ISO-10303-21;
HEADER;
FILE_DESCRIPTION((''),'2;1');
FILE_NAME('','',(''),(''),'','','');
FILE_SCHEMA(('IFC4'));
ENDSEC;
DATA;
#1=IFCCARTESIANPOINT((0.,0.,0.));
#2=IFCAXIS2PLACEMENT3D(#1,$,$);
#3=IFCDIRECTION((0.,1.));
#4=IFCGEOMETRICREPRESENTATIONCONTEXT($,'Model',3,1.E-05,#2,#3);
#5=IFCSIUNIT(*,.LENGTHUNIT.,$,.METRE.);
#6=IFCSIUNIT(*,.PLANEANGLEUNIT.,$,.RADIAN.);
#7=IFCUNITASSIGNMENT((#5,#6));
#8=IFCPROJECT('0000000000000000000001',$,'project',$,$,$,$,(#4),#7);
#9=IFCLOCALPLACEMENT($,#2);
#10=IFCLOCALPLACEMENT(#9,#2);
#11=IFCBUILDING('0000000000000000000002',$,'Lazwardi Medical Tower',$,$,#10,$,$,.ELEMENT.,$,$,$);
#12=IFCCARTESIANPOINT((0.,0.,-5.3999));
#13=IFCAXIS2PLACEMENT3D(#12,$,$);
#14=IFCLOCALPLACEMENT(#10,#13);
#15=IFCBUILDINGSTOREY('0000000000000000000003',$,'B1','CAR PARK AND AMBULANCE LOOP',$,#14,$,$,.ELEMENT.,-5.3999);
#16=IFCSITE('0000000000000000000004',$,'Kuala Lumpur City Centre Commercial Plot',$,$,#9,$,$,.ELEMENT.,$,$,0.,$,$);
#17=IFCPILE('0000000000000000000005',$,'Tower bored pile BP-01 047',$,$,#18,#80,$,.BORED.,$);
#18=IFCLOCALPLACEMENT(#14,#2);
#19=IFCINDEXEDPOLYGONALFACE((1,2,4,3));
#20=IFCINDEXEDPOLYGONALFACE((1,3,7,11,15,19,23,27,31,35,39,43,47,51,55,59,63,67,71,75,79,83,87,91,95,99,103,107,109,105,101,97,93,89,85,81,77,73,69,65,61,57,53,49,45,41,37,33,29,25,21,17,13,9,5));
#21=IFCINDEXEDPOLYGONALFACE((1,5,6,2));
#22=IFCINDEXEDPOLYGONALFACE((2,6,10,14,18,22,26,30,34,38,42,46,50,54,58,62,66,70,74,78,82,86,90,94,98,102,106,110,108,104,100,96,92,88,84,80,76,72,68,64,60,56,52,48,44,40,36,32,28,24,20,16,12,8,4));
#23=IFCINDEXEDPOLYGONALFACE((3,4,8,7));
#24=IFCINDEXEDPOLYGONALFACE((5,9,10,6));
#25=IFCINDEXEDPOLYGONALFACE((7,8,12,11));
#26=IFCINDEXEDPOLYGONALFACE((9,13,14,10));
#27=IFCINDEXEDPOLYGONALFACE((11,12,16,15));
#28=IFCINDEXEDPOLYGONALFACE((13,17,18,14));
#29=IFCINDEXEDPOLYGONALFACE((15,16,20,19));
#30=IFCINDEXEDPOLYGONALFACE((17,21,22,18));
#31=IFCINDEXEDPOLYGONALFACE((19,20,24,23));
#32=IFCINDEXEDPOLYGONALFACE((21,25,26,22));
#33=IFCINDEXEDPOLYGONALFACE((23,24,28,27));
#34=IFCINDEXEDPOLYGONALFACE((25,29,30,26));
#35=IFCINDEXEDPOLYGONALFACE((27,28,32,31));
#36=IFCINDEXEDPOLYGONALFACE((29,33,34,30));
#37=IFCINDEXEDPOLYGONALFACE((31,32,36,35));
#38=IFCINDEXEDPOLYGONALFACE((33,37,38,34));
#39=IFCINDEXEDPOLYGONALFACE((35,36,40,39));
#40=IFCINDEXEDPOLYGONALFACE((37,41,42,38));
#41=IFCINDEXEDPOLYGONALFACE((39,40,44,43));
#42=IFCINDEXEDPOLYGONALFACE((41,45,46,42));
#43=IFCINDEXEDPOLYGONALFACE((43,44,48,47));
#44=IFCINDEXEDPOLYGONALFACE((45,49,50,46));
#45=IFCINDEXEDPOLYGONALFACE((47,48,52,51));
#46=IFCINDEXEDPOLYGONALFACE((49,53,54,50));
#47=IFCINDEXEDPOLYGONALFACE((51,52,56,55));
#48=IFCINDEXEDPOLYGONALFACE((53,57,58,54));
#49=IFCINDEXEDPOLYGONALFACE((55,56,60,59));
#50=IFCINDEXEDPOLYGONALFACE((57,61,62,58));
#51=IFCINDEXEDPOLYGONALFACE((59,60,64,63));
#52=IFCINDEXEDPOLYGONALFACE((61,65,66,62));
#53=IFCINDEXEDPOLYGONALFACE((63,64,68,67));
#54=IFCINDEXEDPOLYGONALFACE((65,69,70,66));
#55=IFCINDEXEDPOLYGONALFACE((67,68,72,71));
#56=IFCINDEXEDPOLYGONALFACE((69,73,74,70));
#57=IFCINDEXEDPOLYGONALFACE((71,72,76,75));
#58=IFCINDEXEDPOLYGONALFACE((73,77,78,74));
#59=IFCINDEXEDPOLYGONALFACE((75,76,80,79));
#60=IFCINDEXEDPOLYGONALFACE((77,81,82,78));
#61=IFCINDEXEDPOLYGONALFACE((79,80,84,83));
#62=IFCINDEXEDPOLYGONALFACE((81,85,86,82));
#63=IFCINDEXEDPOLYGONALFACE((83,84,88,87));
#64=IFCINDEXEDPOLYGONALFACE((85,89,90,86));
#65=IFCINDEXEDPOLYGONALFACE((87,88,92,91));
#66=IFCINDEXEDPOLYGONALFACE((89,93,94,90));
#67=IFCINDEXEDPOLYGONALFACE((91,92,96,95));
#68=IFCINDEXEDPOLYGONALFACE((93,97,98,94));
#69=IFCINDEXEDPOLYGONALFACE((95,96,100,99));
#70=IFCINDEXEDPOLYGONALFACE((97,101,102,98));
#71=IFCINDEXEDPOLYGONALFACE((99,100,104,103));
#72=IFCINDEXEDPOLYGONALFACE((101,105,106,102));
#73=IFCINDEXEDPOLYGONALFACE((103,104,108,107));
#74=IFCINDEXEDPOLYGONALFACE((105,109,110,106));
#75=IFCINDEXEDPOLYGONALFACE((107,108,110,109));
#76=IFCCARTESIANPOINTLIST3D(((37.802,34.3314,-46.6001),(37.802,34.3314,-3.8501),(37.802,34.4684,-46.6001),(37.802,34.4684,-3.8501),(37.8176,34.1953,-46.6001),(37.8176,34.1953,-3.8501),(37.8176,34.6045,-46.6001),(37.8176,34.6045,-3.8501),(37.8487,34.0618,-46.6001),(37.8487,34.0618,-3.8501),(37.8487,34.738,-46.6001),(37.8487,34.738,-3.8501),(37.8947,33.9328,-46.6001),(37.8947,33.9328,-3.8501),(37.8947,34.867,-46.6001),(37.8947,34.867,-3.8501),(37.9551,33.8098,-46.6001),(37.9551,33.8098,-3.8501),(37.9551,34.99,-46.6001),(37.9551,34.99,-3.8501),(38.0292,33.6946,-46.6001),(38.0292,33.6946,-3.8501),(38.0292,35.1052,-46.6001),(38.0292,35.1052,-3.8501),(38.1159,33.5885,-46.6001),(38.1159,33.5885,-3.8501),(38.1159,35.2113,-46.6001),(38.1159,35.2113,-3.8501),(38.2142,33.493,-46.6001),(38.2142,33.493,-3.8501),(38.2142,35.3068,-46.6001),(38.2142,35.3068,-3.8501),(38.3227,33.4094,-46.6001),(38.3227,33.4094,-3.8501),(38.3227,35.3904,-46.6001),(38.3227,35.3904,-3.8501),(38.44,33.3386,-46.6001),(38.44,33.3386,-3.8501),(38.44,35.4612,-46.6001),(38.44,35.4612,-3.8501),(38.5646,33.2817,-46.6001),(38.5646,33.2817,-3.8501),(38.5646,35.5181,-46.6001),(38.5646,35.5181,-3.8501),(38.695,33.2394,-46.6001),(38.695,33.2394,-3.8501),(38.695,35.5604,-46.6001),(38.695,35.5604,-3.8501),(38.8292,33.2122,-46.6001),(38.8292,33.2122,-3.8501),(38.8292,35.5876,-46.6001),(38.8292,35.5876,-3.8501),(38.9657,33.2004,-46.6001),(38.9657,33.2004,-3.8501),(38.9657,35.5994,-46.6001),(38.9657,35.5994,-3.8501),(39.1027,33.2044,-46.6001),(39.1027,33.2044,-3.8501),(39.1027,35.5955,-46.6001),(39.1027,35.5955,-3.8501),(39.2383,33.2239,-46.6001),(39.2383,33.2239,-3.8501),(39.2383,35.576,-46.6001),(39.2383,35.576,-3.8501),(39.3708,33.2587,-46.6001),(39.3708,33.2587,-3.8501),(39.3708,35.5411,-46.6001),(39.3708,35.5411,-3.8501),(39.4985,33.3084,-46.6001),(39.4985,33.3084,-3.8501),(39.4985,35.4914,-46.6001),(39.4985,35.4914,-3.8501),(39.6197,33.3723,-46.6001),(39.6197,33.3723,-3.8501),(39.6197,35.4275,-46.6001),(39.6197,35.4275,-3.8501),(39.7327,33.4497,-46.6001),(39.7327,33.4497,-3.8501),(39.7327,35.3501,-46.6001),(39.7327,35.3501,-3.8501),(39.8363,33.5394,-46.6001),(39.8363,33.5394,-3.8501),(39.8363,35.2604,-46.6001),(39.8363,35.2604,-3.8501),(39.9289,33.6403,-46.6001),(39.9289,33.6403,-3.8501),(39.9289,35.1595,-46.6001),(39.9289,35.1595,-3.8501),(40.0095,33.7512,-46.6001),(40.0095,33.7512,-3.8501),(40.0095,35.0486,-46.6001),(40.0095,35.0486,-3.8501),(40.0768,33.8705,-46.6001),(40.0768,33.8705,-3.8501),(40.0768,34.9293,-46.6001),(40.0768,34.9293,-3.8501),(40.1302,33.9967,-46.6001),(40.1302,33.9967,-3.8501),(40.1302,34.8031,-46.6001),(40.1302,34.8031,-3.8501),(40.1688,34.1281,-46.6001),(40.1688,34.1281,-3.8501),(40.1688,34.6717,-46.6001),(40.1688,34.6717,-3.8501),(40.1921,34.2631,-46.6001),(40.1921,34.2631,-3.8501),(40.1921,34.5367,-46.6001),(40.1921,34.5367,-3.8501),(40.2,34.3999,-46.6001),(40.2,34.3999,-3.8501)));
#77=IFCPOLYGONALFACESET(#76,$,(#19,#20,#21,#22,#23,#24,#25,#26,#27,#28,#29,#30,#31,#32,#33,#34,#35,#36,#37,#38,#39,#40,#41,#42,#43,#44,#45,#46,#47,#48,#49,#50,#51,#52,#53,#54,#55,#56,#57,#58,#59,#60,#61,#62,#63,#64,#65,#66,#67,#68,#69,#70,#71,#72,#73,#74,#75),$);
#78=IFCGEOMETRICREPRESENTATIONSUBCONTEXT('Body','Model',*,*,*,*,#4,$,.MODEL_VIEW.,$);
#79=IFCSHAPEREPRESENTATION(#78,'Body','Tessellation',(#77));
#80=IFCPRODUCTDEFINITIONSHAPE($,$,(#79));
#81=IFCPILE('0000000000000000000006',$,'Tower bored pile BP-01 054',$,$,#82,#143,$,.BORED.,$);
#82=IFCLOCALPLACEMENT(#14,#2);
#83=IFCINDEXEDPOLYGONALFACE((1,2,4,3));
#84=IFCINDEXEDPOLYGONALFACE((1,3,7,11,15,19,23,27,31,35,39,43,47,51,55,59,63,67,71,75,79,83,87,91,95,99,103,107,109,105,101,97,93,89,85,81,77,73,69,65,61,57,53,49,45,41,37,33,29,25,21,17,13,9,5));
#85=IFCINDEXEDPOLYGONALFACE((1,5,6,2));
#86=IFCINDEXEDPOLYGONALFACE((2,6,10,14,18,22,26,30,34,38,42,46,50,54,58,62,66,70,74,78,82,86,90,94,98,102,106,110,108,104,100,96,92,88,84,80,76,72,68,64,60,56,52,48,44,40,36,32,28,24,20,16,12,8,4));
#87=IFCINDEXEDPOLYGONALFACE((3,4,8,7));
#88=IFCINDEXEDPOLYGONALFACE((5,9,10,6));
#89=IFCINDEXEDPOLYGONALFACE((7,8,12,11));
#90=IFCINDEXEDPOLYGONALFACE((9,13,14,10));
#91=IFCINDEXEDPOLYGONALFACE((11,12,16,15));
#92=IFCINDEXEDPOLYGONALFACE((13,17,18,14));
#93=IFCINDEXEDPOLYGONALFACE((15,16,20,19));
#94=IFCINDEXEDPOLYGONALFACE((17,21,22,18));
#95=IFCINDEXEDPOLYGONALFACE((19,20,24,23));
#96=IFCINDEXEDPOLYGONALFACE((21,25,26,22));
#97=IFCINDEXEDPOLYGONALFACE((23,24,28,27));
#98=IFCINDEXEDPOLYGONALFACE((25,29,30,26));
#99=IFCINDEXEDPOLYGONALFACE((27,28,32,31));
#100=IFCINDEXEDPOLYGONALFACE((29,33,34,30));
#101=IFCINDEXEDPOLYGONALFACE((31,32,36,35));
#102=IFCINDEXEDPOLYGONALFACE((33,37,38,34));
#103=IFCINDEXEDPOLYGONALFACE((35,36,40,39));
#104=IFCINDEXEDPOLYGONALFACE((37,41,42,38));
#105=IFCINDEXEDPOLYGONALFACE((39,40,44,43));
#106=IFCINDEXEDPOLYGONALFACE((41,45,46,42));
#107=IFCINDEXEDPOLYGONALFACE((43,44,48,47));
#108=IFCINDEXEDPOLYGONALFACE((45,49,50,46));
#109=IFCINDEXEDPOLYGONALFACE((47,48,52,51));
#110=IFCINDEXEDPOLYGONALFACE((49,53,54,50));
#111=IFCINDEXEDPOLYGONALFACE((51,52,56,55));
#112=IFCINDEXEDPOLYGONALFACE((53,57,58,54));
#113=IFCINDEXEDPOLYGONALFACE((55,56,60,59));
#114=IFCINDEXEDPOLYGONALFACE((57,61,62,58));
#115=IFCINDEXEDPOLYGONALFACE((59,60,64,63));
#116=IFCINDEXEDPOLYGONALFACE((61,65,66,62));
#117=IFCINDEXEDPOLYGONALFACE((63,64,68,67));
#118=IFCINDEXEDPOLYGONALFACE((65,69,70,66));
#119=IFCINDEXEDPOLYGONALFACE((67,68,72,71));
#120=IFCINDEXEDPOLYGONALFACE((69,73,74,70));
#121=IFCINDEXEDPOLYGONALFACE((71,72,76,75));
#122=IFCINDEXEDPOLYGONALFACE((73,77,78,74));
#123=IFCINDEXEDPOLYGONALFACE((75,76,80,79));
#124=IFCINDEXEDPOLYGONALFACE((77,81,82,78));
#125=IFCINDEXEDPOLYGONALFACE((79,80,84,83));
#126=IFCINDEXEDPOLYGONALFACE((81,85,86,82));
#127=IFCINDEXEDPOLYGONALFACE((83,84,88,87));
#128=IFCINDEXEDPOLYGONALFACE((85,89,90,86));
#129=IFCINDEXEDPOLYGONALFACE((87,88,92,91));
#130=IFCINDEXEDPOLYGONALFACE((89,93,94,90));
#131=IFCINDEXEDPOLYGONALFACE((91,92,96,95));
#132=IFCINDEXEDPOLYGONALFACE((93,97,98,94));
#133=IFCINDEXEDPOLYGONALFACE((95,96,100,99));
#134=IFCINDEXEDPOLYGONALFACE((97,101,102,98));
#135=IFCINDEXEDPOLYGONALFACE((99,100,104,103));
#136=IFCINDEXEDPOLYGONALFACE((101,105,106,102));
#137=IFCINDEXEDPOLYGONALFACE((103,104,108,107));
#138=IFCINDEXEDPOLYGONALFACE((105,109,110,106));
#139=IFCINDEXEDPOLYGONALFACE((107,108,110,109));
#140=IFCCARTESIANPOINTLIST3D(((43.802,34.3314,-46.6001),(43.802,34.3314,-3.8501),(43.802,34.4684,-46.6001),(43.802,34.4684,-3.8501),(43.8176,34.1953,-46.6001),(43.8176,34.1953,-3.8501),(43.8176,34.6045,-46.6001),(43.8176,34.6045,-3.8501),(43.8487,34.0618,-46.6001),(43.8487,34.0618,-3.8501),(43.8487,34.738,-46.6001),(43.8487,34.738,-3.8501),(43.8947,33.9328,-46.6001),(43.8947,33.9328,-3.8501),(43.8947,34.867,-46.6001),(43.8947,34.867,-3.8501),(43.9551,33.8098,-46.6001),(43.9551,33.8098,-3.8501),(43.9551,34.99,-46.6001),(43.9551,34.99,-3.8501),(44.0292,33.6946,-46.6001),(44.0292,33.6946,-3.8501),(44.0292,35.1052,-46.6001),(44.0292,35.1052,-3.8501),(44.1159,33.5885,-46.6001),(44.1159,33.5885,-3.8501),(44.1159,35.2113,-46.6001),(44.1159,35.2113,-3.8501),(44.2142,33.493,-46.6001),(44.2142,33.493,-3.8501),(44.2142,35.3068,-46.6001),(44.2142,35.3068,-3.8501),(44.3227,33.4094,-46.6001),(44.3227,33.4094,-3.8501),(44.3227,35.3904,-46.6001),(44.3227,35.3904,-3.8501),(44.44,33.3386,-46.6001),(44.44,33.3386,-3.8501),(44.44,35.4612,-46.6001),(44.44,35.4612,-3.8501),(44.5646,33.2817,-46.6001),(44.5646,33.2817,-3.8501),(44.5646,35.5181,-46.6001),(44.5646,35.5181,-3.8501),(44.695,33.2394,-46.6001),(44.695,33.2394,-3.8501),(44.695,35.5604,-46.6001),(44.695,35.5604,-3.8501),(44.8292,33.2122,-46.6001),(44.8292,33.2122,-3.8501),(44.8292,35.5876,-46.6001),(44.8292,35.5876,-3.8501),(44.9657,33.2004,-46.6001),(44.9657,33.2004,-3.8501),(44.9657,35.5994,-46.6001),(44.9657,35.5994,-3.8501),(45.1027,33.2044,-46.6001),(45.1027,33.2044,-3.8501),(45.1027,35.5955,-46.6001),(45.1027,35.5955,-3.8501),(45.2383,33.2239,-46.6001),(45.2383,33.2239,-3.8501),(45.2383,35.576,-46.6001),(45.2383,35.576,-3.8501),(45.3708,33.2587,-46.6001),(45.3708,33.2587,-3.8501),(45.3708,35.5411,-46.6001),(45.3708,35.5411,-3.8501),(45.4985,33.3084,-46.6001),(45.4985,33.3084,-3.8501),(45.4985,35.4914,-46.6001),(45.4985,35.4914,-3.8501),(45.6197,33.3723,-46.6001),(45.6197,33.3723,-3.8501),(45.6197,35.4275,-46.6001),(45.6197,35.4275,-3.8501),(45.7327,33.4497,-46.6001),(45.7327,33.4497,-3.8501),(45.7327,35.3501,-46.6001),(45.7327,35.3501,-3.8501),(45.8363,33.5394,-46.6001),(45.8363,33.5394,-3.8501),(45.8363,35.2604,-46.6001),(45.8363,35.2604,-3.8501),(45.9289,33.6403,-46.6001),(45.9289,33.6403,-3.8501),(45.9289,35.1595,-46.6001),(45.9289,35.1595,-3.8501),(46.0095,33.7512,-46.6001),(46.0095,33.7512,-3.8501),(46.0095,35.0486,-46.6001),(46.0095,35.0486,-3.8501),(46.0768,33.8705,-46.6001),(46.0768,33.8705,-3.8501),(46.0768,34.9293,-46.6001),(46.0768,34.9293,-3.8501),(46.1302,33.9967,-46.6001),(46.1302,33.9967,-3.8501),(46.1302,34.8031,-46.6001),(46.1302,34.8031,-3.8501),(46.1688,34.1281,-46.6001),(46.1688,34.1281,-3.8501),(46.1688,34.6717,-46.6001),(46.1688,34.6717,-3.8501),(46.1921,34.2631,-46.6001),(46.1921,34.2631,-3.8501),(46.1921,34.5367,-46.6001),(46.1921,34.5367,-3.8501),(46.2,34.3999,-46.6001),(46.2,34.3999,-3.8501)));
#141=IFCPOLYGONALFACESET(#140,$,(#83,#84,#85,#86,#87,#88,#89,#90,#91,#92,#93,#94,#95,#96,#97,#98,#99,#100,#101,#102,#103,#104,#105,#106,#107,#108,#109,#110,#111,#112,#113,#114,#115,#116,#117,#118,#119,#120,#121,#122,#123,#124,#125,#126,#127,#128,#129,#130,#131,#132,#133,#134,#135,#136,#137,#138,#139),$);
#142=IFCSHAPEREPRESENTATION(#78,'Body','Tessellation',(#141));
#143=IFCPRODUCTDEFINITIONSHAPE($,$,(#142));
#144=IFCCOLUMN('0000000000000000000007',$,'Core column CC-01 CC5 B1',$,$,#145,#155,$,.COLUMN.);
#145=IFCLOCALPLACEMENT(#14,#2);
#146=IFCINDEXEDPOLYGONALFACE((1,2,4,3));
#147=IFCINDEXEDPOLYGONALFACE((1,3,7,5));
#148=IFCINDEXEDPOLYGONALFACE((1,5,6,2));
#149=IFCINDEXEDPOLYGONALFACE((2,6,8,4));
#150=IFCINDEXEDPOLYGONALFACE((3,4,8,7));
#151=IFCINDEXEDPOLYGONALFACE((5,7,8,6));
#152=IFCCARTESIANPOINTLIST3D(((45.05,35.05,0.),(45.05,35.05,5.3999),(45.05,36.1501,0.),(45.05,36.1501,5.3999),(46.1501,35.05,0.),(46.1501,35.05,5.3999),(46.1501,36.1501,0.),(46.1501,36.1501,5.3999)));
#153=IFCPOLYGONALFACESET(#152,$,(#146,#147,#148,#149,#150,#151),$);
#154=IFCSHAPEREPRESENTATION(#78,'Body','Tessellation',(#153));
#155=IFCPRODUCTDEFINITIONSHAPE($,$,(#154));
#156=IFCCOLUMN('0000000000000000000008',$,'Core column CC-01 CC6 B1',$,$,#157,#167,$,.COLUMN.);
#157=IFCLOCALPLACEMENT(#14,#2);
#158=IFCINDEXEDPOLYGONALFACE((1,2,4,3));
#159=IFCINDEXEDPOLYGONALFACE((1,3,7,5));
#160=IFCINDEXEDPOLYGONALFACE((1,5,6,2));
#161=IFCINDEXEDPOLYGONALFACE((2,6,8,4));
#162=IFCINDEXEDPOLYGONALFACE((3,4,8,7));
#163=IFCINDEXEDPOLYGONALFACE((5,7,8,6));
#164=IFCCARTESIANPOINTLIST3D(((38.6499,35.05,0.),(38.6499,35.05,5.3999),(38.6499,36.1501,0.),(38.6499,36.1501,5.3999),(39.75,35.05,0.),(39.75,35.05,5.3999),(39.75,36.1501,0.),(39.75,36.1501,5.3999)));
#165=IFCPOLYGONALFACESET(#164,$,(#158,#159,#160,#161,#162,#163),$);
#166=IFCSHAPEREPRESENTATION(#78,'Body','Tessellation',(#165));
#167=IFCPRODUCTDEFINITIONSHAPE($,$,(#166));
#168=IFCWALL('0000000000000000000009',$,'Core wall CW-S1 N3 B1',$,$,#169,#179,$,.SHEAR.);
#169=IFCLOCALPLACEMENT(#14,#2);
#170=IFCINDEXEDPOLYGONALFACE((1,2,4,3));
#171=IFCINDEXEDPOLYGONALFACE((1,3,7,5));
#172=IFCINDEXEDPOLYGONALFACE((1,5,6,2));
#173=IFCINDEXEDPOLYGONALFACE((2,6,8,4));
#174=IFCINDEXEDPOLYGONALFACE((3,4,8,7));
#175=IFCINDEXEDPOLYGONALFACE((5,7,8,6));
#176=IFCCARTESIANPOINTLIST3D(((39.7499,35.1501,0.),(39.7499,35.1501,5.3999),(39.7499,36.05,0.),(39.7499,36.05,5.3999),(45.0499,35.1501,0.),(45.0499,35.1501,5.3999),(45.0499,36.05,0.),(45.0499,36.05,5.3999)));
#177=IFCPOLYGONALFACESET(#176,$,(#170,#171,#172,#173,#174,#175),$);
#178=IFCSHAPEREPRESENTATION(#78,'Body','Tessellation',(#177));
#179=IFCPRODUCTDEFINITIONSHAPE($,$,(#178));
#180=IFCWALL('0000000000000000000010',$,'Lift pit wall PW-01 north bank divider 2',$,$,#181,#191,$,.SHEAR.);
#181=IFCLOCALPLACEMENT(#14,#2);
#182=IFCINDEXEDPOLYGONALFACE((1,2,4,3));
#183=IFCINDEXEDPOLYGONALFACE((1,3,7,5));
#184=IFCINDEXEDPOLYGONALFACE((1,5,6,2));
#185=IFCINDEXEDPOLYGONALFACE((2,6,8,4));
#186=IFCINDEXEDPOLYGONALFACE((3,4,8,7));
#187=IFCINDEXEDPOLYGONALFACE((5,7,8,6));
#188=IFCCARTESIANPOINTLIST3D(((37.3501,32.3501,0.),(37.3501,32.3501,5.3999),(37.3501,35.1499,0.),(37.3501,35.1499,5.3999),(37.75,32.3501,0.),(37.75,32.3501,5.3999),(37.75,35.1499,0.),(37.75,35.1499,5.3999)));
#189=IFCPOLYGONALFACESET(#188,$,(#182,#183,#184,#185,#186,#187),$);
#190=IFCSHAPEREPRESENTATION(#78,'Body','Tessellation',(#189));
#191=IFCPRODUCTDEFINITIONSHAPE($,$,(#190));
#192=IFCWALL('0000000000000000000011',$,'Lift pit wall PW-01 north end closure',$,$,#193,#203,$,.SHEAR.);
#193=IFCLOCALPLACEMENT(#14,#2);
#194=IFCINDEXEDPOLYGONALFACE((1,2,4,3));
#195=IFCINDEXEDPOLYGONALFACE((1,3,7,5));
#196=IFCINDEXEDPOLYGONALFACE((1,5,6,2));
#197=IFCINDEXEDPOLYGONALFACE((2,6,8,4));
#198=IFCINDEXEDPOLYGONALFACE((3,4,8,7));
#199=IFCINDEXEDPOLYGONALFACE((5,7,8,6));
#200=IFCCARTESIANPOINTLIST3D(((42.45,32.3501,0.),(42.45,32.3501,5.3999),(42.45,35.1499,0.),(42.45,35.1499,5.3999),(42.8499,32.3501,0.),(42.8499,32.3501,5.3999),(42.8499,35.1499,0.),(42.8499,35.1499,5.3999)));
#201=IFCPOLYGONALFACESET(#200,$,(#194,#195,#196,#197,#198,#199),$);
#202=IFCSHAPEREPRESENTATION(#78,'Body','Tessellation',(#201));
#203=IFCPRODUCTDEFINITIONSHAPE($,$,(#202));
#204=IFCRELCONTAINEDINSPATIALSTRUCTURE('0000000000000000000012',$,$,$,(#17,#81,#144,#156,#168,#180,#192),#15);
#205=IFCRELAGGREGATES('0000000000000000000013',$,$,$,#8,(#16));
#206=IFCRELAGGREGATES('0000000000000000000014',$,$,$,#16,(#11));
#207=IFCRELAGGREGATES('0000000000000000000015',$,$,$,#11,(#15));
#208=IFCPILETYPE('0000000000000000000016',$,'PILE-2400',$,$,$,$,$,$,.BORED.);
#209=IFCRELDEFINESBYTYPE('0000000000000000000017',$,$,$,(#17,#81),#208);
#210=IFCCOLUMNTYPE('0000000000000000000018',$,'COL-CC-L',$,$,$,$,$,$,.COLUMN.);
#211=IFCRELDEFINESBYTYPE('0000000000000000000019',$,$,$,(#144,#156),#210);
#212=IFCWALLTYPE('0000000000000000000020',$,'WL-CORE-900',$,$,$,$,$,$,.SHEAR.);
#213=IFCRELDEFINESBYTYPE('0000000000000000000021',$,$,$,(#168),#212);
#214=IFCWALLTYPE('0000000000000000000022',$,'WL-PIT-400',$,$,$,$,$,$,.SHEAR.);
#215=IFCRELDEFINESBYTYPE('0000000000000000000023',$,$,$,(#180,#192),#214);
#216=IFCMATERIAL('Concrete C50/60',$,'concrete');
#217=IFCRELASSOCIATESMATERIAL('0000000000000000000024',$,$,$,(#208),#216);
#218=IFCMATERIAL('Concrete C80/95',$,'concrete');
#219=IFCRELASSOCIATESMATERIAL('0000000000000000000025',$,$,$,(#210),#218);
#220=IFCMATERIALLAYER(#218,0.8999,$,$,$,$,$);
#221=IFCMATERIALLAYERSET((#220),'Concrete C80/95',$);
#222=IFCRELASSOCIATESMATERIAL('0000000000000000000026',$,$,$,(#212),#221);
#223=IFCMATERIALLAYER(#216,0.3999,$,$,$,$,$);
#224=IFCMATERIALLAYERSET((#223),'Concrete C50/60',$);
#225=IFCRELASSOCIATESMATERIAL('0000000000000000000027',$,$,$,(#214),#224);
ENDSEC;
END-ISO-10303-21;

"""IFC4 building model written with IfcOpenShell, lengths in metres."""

from ifc_helpers import new_model, si_unit, direction, frame, frame_2d, origin, origin_2d, place, context, subcontext, project, spatial, rectangle, circle, extrude, material, layer, layer_set, material_profile, profile_set, type_object, element, save


model = new_model("IFC4")

# Units and contexts
model_context = context("Model", 3, precision=1e-05, world=origin(), true_north=direction((0.0, 1.0)))
body_context = subcontext(model_context, "Body", "Model", "MODEL_VIEW")
ifc_project = project(units=[si_unit("LENGTHUNIT", "METRE"), si_unit("PLANEANGLEUNIT", "RADIAN")], contexts=[model_context])

# Site, building, storey
site_placement = place(None, origin())
site = spatial("IfcSite", under=ifc_project, at=site_placement, Name="Kuala Lumpur City Centre Commercial Plot", CompositionType="ELEMENT", RefElevation=0.0)
building_placement = place(site_placement, origin())
building = spatial("IfcBuilding", under=site, at=building_placement, Name="Lazwardi Medical Tower", CompositionType="ELEMENT")
storey_placement = place(building_placement, frame((0.0, 0.0, -5.3999)))
storey = spatial("IfcBuildingStorey", under=building, at=storey_placement, Name="B1", Description="CAR PARK AND AMBULANCE LOOP", CompositionType="ELEMENT", Elevation=-5.3999)

# Piles
ifc_material_1 = material(Name="Concrete C50/60", Category="concrete")
ifc_material_profile_1 = material_profile(ifc_material_1, circle(Radius=1.2, at=origin_2d()), Name="BORED PILE D2400")
ifc_profile_set_1 = profile_set([ifc_material_profile_1], Name="Concrete C50/60")
pile_type = type_object("IfcPileType", Name="PILE-2400", PredefinedType="BORED", material=ifc_profile_set_1)
for number, where, z_axis, x_axis, name in (
    (1, (39.0, 34.3999, -3.8501), (0.0, 0.0, -1.0), (1.0, 0.0, 0.0), "Tower bored pile BP-01 047"),
    (2, (45.0, 34.3999, -3.8501), (0.0, 0.0, -1.0), (1.0, 0.0, 0.0), "Tower bored pile BP-01 054"),
):
    element("IfcPile", number, at=place(storey_placement, frame(where, z_axis=z_axis, x_axis=x_axis)), inside=storey, type_object=pile_type, Name=name, PredefinedType="BORED", context=body_context, shape_type="SweptSolid", body=[
        extrude(circle(Radius=1.2, at=origin_2d()), origin(), (0.0, 0.0, 1.0), 42.75),
    ])

# Columns
ifc_material_2 = material(Name="Concrete C80/95", Category="concrete")
ifc_material_profile_2 = material_profile(ifc_material_2, rectangle(XDim=1.1001, YDim=1.1001, at=origin_2d()), Name="RC 1100x1100")
ifc_profile_set_2 = profile_set([ifc_material_profile_2], Name="Concrete C80/95")
column_type = type_object("IfcColumnType", Name="COL-CC-L", PredefinedType="COLUMN", material=ifc_profile_set_2)
for number, where, z_axis, x_axis, name in (
    (3, (45.6001, 35.6001, 0.0), (0.0, 0.0, 1.0), (1.0, 0.0, 0.0), "Core column CC-01 CC5 B1"),
    (4, (39.2, 35.6001, 0.0), (0.0, 0.0, 1.0), (1.0, 0.0, 0.0), "Core column CC-01 CC6 B1"),
):
    element("IfcColumn", number, at=place(storey_placement, frame(where, z_axis=z_axis, x_axis=x_axis)), inside=storey, type_object=column_type, Name=name, PredefinedType="COLUMN", context=body_context, shape_type="SweptSolid", body=[
        extrude(rectangle(XDim=1.1001, YDim=1.1001, at=origin_2d()), origin(), (0.0, 0.0, 1.0), 5.3999),
    ])

# Walls
ifc_layer_1 = layer(ifc_material_2, 0.8999)
ifc_layer_set_1 = layer_set([ifc_layer_1], Name="Concrete C80/95")
wall_type_1 = type_object("IfcWallType", Name="WL-CORE-900", PredefinedType="SHEAR", material=ifc_layer_set_1)
wall_1_placement = place(storey_placement, frame((39.75, 35.6001, 0.0), z_axis=(0.0, 0.0, 1.0), x_axis=(1.0, 0.0, 0.0)))
element("IfcWall", 5, at=wall_1_placement, inside=storey, type_object=wall_type_1, Name="Core wall CW-S1 N3 B1", PredefinedType="SHEAR", context=body_context, shape_type="SweptSolid", body=[
    extrude(rectangle(XDim=5.3, YDim=0.8999, at=frame_2d((2.6499, 0.0))), origin(), (0.0, 0.0, 1.0), 5.3999),
])
ifc_layer_2 = layer(ifc_material_1, 0.3999)
ifc_layer_set_2 = layer_set([ifc_layer_2], Name="Concrete C50/60")
wall_type_2 = type_object("IfcWallType", Name="WL-PIT-400", PredefinedType="SHEAR", material=ifc_layer_set_2)
for number, where, z_axis, x_axis, name in (
    (6, (37.55, 32.3501, 0.0), (0.0, 0.0, 1.0), (0.0, 1.0, 0.0), "Lift pit wall PW-01 north bank divider 2"),
    (7, (42.6499, 32.3501, 0.0), (0.0, 0.0, 1.0), (0.0, 1.0, 0.0), "Lift pit wall PW-01 north end closure"),
):
    element("IfcWall", number, at=place(storey_placement, frame(where, z_axis=z_axis, x_axis=x_axis)), inside=storey, type_object=wall_type_2, Name=name, PredefinedType="SHEAR", context=body_context, shape_type="SweptSolid", body=[
        extrude(rectangle(XDim=2.7998, YDim=0.3999, at=frame_2d((1.3999, 0.0))), origin(), (0.0, 0.0, 1.0), 5.3999),
    ])

save(model, "model.ifc")
